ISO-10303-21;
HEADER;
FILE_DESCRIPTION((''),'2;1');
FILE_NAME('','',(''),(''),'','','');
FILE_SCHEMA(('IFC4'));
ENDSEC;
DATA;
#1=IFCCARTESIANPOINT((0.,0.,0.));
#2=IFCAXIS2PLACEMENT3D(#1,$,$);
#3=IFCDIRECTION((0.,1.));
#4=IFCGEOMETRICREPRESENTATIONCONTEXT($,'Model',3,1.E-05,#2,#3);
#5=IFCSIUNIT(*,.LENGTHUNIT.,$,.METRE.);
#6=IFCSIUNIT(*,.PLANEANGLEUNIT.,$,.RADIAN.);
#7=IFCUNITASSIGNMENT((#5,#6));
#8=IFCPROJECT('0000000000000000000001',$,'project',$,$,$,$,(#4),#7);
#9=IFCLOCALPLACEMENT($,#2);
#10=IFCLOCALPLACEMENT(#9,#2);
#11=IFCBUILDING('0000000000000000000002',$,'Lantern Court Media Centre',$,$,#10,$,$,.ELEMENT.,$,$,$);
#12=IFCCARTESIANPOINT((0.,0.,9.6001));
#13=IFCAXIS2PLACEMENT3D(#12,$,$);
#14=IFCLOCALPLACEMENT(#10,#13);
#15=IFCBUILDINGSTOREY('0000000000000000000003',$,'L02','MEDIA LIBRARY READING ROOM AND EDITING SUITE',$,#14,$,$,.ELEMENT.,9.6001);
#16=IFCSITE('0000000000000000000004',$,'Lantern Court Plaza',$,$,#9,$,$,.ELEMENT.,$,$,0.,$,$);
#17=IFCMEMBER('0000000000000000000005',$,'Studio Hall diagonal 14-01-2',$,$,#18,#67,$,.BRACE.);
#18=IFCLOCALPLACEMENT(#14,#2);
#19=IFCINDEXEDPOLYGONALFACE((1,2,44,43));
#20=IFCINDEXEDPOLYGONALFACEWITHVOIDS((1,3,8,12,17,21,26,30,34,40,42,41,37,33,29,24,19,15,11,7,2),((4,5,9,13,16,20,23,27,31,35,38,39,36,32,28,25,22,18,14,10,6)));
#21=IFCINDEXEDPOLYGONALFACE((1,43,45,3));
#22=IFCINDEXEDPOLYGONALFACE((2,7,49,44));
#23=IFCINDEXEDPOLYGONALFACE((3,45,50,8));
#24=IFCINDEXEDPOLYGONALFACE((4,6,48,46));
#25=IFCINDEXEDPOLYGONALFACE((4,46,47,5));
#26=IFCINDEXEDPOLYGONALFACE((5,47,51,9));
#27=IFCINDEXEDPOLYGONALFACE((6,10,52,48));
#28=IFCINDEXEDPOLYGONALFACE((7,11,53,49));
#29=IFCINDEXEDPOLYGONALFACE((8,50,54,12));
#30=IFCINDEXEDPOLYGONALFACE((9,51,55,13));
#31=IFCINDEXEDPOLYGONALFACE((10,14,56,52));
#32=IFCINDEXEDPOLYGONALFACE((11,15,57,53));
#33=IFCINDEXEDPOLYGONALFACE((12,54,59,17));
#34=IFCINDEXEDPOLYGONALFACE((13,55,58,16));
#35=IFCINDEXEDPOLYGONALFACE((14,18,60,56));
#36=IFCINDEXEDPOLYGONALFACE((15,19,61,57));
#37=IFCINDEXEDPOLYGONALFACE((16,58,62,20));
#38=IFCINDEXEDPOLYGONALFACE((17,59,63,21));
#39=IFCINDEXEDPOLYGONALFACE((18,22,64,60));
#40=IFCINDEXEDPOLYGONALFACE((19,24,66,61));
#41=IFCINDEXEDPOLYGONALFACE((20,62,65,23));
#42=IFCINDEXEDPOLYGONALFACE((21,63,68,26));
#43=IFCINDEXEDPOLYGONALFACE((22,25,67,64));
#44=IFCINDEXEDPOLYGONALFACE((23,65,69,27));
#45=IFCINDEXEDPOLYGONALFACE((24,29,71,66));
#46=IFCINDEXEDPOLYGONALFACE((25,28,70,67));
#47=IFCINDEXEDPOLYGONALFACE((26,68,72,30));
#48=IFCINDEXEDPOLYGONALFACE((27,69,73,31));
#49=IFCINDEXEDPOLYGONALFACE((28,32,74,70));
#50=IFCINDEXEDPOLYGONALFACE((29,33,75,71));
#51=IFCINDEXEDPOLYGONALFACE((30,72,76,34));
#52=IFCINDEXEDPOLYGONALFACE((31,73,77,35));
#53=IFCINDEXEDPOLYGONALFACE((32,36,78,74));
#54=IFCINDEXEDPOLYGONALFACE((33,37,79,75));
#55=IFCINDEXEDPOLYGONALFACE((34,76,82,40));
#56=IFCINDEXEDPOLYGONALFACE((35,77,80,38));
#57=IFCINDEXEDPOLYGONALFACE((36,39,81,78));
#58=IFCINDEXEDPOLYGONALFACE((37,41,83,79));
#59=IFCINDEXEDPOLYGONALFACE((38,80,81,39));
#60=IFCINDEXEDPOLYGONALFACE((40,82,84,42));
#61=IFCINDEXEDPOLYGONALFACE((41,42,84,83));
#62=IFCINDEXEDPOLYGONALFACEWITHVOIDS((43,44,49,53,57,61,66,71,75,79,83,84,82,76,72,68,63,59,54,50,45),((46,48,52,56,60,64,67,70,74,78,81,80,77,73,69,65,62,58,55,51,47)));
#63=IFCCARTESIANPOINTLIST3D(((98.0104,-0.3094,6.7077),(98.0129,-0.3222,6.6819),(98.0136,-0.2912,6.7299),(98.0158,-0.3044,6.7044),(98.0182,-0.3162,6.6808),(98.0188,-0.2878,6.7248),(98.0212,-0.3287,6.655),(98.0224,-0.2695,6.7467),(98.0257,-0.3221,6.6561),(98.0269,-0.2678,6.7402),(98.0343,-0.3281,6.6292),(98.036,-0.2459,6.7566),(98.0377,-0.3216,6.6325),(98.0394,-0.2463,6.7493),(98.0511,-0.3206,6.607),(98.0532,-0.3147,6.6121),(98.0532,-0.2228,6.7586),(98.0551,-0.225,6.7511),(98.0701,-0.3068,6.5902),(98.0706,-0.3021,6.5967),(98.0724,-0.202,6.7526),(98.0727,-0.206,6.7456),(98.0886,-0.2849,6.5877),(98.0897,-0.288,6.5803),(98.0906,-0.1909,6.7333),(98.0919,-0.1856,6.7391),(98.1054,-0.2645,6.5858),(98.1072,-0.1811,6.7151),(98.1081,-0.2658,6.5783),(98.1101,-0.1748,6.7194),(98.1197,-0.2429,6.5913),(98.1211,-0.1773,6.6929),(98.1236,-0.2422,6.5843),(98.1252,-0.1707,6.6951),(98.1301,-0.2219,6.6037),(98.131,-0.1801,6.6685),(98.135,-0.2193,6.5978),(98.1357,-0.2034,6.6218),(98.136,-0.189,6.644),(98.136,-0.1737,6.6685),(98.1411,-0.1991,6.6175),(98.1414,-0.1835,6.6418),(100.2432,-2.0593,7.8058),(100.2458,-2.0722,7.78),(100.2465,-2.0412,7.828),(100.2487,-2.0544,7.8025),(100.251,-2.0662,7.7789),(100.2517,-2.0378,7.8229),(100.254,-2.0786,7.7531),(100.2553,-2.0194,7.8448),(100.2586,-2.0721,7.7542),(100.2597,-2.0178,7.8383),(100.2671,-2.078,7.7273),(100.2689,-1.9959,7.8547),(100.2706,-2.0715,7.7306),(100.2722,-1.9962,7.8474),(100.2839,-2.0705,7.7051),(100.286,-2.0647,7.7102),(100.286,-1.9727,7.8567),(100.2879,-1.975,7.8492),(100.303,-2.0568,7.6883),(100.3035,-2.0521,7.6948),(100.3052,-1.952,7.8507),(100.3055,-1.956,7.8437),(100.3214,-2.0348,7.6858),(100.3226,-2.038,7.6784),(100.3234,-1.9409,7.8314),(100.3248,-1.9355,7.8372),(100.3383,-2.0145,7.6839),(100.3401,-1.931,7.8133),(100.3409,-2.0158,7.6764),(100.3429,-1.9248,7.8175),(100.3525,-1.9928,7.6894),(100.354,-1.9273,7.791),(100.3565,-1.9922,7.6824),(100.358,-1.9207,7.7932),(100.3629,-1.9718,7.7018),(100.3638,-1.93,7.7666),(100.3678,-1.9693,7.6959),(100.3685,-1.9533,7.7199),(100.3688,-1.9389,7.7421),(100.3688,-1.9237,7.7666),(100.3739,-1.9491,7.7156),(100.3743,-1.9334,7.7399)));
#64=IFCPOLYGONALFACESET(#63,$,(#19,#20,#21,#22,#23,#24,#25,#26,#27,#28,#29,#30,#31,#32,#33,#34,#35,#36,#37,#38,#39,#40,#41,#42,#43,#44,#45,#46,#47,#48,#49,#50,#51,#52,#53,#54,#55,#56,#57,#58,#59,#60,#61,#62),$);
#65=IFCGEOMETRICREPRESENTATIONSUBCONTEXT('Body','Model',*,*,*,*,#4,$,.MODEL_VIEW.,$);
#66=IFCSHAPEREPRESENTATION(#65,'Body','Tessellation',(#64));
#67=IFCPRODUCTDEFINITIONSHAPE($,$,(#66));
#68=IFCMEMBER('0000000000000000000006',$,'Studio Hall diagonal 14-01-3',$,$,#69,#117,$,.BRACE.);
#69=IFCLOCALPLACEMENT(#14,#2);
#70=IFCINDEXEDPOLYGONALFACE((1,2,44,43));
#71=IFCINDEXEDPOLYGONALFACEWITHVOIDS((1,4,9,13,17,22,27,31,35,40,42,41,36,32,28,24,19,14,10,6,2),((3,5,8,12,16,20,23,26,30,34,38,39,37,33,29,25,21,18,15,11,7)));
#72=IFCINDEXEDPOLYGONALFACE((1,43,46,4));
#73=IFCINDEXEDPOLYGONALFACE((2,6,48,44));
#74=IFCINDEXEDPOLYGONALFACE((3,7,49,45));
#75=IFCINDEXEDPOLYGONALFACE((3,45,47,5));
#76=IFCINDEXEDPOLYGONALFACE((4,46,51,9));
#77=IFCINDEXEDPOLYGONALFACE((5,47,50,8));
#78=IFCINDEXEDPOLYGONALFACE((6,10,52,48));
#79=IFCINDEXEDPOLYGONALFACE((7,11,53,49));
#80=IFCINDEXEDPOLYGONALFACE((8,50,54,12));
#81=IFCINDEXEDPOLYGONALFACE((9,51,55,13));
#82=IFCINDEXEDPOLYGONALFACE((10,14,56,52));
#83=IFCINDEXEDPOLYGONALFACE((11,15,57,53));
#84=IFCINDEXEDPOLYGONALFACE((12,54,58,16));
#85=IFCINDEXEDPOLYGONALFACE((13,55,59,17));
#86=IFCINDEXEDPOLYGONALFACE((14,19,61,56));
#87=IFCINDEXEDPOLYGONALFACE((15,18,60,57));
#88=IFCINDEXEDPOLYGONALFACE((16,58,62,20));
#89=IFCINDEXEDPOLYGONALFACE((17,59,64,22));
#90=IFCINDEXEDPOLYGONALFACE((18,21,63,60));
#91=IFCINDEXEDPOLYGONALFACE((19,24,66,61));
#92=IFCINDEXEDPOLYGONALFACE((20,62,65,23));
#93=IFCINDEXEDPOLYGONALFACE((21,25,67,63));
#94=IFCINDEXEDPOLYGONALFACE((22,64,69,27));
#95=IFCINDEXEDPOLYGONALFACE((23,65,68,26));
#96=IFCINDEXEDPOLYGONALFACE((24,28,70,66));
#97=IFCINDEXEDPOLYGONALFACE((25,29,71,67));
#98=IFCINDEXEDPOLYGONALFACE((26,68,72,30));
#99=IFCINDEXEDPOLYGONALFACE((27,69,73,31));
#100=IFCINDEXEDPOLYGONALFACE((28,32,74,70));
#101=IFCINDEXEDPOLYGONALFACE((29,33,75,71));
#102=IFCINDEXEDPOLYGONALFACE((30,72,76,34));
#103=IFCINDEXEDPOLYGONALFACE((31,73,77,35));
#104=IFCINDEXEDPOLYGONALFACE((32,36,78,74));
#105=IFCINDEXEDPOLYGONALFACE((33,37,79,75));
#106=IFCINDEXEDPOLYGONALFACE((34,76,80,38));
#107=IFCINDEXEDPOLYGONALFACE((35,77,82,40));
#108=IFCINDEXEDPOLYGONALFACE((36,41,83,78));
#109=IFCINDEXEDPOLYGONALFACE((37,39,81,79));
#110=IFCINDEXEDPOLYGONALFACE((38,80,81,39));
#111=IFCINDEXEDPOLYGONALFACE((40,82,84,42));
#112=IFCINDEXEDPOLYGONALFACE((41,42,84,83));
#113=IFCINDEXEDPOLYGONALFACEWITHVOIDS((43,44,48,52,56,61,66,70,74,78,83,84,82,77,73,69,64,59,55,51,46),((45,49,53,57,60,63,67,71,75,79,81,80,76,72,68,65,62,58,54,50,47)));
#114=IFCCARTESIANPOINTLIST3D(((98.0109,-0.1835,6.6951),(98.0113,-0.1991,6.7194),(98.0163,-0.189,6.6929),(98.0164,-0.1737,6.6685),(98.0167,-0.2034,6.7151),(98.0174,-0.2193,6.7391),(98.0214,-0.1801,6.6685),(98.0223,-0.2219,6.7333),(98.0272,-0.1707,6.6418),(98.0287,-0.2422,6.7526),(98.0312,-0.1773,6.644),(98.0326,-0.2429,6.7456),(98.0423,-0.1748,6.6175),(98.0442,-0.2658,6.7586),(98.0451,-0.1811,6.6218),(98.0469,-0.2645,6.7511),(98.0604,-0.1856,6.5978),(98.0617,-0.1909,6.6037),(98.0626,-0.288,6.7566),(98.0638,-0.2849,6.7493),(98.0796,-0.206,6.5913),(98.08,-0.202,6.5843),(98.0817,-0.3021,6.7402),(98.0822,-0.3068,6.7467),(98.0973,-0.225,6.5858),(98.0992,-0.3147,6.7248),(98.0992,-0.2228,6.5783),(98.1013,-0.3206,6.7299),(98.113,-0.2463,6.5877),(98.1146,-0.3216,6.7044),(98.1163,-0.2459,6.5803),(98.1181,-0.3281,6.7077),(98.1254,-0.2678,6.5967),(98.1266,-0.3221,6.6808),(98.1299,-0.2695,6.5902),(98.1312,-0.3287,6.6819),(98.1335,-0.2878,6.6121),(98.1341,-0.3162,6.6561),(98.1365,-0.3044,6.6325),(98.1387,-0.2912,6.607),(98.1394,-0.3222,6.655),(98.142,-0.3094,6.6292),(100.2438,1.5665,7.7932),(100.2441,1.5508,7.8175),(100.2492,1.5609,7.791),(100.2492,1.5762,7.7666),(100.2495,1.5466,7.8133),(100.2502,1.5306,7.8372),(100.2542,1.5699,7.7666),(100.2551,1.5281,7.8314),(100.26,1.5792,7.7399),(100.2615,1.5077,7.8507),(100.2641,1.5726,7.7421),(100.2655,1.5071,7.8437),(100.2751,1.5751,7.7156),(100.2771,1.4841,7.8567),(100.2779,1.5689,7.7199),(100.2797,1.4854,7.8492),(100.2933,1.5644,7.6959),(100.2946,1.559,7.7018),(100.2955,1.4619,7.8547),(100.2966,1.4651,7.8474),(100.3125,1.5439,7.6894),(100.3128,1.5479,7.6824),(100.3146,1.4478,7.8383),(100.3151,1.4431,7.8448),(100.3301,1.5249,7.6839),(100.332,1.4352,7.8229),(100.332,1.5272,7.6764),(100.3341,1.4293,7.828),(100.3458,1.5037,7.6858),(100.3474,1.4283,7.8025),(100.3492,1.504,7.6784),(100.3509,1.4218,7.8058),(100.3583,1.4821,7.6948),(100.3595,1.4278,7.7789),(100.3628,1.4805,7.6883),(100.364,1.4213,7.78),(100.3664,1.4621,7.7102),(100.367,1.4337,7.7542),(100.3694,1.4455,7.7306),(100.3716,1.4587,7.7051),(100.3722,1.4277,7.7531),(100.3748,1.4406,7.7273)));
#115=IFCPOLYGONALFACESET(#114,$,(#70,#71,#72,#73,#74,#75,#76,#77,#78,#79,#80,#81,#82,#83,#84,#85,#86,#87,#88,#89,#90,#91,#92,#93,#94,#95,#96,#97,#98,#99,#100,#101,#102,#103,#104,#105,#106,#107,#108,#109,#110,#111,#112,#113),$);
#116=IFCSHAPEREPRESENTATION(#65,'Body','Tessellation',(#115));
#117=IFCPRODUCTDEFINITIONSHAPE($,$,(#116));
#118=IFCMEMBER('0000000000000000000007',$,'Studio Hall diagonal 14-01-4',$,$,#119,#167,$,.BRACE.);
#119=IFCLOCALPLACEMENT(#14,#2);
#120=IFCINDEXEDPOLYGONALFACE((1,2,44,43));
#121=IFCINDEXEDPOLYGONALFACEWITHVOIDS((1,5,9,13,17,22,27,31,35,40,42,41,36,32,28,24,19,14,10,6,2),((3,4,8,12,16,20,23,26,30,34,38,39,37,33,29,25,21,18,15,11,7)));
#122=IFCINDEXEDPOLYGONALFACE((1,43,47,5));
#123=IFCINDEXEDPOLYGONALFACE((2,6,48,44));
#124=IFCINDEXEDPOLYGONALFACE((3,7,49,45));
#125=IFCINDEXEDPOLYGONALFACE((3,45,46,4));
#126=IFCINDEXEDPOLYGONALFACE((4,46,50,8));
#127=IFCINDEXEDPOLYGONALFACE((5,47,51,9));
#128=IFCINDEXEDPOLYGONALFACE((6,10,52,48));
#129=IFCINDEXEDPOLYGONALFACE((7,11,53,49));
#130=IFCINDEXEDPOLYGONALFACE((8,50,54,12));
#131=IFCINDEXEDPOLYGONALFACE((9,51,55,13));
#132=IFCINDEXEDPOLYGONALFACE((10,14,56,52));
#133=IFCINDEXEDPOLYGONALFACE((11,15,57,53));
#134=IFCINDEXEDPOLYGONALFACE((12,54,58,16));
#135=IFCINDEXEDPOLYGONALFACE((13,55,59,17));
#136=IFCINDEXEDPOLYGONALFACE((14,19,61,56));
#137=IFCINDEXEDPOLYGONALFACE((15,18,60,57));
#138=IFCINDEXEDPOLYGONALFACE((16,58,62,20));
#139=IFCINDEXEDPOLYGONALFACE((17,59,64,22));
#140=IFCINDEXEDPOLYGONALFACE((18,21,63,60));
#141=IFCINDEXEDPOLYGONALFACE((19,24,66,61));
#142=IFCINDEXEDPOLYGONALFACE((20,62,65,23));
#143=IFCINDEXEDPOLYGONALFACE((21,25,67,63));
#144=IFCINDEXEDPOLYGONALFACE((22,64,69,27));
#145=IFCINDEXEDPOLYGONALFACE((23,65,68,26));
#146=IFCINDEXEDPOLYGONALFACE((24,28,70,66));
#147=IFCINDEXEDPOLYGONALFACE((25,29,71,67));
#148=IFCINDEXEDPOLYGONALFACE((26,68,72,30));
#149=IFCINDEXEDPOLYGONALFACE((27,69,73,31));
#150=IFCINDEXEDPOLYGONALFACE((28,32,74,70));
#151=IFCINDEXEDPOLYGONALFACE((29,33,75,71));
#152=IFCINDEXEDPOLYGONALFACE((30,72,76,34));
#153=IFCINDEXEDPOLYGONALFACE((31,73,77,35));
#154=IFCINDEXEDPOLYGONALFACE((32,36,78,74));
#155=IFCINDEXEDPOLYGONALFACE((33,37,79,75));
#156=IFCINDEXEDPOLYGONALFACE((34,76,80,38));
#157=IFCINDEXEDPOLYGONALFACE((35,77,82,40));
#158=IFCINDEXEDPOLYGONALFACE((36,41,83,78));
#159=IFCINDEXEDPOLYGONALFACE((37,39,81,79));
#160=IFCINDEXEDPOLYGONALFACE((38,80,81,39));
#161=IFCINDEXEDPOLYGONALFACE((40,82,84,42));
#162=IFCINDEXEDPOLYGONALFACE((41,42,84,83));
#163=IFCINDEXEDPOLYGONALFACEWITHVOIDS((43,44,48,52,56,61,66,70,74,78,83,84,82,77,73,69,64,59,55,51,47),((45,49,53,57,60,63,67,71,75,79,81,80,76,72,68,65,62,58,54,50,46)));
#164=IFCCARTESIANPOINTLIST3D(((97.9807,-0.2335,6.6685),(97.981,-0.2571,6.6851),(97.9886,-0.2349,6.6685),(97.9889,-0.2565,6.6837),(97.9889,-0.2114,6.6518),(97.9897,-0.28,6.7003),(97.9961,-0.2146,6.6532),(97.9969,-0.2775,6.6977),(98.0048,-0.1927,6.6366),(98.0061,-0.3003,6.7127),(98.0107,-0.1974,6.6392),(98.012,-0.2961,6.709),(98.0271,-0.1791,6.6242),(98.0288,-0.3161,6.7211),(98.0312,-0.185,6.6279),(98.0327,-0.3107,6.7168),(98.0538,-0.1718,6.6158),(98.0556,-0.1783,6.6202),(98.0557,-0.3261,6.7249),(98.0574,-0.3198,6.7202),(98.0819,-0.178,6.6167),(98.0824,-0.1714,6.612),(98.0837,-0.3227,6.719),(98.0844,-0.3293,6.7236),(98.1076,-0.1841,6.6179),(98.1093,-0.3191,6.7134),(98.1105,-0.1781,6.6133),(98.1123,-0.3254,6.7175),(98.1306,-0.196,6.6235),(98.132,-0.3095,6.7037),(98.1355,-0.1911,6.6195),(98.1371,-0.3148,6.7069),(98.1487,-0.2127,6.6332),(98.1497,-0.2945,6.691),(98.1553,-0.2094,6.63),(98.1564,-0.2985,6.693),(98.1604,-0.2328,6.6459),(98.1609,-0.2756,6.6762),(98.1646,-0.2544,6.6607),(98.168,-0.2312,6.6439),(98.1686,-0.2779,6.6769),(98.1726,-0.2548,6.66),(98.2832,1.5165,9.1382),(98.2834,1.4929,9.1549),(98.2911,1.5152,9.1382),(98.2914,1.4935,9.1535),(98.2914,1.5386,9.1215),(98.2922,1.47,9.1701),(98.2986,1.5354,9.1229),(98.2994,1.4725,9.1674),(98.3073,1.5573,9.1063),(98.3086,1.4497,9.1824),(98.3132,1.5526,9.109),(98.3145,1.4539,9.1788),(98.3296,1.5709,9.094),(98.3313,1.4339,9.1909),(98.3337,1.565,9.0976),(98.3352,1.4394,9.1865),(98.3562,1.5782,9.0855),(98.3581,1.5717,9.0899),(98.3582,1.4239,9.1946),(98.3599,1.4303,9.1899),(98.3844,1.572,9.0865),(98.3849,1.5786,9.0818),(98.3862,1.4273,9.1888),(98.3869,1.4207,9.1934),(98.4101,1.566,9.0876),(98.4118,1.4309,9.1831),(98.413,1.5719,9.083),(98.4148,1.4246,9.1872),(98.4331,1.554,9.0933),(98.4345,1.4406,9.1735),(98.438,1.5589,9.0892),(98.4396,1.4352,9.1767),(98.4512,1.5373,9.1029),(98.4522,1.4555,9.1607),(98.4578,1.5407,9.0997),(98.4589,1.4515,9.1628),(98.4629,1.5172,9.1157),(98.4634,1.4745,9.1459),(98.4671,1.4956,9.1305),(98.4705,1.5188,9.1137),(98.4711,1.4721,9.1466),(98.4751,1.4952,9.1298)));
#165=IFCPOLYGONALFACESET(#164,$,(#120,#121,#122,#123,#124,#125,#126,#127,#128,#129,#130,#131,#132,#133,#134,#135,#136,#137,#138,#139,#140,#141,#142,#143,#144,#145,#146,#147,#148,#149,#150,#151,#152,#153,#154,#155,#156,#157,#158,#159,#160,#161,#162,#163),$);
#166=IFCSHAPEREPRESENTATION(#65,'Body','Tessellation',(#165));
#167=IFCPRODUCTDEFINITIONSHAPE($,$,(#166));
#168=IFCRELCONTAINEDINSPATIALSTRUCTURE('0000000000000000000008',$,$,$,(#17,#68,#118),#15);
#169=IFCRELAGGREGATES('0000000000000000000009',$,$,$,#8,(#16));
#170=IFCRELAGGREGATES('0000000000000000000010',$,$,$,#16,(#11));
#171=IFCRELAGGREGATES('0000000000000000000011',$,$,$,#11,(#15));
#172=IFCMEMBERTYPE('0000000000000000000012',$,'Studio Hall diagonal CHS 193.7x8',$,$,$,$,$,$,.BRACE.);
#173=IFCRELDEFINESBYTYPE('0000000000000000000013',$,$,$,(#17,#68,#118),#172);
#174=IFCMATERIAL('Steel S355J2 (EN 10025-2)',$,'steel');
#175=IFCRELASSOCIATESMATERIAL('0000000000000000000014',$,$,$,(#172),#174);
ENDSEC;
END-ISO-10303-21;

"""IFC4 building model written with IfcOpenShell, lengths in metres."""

from ifc_helpers import new_model, si_unit, direction, frame, origin, origin_2d, place, context, subcontext, project, spatial, hollow_circle, extrude, material, material_profile, profile_set, type_object, element, save


model = new_model("IFC4")

# Units and contexts
model_context = context("Model", 3, precision=1e-05, world=origin(), true_north=direction((0.0, 1.0)))
body_context = subcontext(model_context, "Body", "Model", "MODEL_VIEW")
ifc_project = project(units=[si_unit("LENGTHUNIT", "METRE"), si_unit("PLANEANGLEUNIT", "RADIAN")], contexts=[model_context])

# Site, building, storey
site_placement = place(None, origin())
site = spatial("IfcSite", under=ifc_project, at=site_placement, Name="Lantern Court Plaza", CompositionType="ELEMENT", RefElevation=0.0)
building_placement = place(site_placement, origin())
building = spatial("IfcBuilding", under=site, at=building_placement, Name="Lantern Court Media Centre", CompositionType="ELEMENT")
storey_placement = place(building_placement, frame((0.0, 0.0, 9.6001)))
storey = spatial("IfcBuildingStorey", under=building, at=storey_placement, Name="L02", Description="MEDIA LIBRARY READING ROOM AND EDITING SUITE", CompositionType="ELEMENT", Elevation=9.6001)

# Members
ifc_material = material(Name="Steel S355J2 (EN 10025-2)", Category="steel")
ifc_material_profile_1 = material_profile(ifc_material, hollow_circle(Radius=0.0969, WallThickness=0.0081, at=origin_2d()), Name="Studio Hall diagonal CHS 193.7x8")
ifc_profile_set_1 = profile_set([ifc_material_profile_1], Name="Steel S355J2 (EN 10025-2)")
member_type_1 = type_object("IfcMemberType", Name="Studio Hall diagonal CHS 193.7x8", PredefinedType="BRACE", material=ifc_profile_set_1)
for number, where, z_axis, x_axis, name in (
    (1, (98.0762, -0.25, 6.6685), (0.734005, -0.575262, 0.360984), (0.616856, 0.787076, 0.0), "Studio Hall diagonal 14-01-2"),
    (2, (98.0762, -0.25, 6.6685), (0.734005, 0.575262, 0.360984), (-0.616856, 0.787076, 0.0), "Studio Hall diagonal 14-01-3"),
    (3, (98.0762, -0.25, 6.6685), (0.099439, 0.575286, 0.811885), (-0.985388, 0.170326, 0.0), "Studio Hall diagonal 14-01-4"),
):
    element("IfcMember", number, at=place(storey_placement, frame(where, z_axis=z_axis, x_axis=x_axis)), inside=storey, type_object=member_type_1, Name=name, PredefinedType="BRACE", context=body_context, shape_type="SweptSolid", body=[
        extrude(hollow_circle(Radius=0.0969, WallThickness=0.0081, at=origin_2d()), origin(), (0.0, 0.0, 1.0), 3.042),
    ])

save(model, "model.ifc")
